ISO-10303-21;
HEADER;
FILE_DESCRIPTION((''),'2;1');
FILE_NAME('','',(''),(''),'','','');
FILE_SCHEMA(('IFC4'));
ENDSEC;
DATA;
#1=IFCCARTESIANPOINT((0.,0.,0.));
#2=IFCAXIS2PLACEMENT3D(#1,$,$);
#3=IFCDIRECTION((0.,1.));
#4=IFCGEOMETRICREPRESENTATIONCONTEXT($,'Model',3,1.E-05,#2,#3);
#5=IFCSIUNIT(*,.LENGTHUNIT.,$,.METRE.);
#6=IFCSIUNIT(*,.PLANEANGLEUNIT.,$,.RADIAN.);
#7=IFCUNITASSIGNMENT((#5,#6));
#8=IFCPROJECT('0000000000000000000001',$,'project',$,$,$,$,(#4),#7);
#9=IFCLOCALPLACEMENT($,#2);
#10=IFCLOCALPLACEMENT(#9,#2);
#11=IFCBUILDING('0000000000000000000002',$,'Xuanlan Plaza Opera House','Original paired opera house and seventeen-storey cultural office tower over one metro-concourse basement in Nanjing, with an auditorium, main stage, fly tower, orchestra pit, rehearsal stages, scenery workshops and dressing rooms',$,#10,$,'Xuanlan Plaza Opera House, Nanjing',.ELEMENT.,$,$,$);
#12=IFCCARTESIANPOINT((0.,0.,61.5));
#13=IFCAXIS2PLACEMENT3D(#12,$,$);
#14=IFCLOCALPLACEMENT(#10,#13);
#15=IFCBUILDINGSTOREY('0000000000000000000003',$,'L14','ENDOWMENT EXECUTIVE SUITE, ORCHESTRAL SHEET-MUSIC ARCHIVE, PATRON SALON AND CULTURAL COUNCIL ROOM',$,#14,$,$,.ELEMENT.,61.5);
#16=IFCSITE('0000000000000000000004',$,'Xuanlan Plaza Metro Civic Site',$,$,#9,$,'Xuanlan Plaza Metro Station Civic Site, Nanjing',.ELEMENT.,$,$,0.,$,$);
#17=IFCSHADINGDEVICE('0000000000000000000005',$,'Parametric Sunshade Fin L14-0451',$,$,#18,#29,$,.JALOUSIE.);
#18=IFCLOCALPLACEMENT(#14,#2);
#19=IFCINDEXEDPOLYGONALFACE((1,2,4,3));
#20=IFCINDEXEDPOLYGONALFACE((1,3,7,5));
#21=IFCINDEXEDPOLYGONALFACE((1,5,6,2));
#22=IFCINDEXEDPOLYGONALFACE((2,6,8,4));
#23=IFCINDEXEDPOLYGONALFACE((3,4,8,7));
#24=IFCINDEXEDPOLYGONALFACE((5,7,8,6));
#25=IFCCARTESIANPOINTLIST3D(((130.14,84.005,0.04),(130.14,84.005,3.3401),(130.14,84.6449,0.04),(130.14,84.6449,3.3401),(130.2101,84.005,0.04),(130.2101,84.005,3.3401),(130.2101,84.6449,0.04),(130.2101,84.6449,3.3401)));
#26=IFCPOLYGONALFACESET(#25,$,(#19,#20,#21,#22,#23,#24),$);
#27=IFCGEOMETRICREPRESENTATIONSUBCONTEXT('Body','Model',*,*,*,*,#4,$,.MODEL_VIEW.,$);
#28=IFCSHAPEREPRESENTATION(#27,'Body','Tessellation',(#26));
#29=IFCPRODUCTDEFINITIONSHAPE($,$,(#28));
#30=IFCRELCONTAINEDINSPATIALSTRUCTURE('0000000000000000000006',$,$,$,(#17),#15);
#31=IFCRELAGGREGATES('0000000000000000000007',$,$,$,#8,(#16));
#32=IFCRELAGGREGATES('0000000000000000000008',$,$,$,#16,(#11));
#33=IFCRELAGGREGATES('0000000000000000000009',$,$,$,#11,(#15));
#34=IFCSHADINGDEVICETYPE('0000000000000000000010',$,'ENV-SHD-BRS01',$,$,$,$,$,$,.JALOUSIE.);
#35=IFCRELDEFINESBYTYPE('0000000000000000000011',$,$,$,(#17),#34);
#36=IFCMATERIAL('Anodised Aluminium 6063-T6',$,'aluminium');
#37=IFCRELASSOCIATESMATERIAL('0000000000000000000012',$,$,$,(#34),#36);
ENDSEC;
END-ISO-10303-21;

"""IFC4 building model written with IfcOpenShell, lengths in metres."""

from ifc_helpers import new_model, si_unit, direction, frame, origin, origin_2d, place, context, subcontext, project, spatial, rectangle, extrude, material, type_object, element, save


model = new_model("IFC4")

# Units and contexts
model_context = context("Model", 3, precision=1e-05, world=origin(), true_north=direction((0.0, 1.0)))
body_context = subcontext(model_context, "Body", "Model", "MODEL_VIEW")
ifc_project = project(units=[si_unit("LENGTHUNIT", "METRE"), si_unit("PLANEANGLEUNIT", "RADIAN")], contexts=[model_context])

# Site, building, storey
site_placement = place(None, origin())
site = spatial("IfcSite", under=ifc_project, at=site_placement, Name="Xuanlan Plaza Metro Civic Site", LongName="Xuanlan Plaza Metro Station Civic Site, Nanjing", CompositionType="ELEMENT", RefElevation=0.0)
building_placement = place(site_placement, origin())
building = spatial("IfcBuilding", under=site, at=building_placement, Name="Xuanlan Plaza Opera House", Description="Original paired opera house and seventeen-storey cultural office tower over one metro-concourse basement in Nanjing, with an auditorium, main stage, fly tower, orchestra pit, rehearsal stages, scenery workshops and dressing rooms", LongName="Xuanlan Plaza Opera House, Nanjing", CompositionType="ELEMENT")
storey_placement = place(building_placement, frame((0.0, 0.0, 61.5)))
storey = spatial("IfcBuildingStorey", under=building, at=storey_placement, Name="L14", Description="ENDOWMENT EXECUTIVE SUITE, ORCHESTRAL SHEET-MUSIC ARCHIVE, PATRON SALON AND CULTURAL COUNCIL ROOM", CompositionType="ELEMENT", Elevation=61.5)

# Shared definitions
ifc_material_1 = material(Name="Anodised Aluminium 6063-T6", Category="aluminium")

# Shading device
shading_device_type = type_object("IfcShadingDeviceType", Name="ENV-SHD-BRS01", PredefinedType="JALOUSIE", material=ifc_material_1)
for number, where, z_axis, x_axis, name in (
    (1, (130.175, 84.325, 0.04), (0.0, 0.0, 1.0), (0.0, 1.0, 0.0), "Parametric Sunshade Fin L14-0451"),
):
    element("IfcShadingDevice", number, at=place(storey_placement, frame(where, z_axis=z_axis, x_axis=x_axis)), inside=storey, type_object=shading_device_type, Name=name, PredefinedType="JALOUSIE", context=body_context, shape_type="SweptSolid", body=[
        extrude(rectangle(XDim=0.6399, YDim=0.0701, at=origin_2d()), origin(), (0.0, 0.0, 1.0), 3.3),
    ])

save(model, "model.ifc")
